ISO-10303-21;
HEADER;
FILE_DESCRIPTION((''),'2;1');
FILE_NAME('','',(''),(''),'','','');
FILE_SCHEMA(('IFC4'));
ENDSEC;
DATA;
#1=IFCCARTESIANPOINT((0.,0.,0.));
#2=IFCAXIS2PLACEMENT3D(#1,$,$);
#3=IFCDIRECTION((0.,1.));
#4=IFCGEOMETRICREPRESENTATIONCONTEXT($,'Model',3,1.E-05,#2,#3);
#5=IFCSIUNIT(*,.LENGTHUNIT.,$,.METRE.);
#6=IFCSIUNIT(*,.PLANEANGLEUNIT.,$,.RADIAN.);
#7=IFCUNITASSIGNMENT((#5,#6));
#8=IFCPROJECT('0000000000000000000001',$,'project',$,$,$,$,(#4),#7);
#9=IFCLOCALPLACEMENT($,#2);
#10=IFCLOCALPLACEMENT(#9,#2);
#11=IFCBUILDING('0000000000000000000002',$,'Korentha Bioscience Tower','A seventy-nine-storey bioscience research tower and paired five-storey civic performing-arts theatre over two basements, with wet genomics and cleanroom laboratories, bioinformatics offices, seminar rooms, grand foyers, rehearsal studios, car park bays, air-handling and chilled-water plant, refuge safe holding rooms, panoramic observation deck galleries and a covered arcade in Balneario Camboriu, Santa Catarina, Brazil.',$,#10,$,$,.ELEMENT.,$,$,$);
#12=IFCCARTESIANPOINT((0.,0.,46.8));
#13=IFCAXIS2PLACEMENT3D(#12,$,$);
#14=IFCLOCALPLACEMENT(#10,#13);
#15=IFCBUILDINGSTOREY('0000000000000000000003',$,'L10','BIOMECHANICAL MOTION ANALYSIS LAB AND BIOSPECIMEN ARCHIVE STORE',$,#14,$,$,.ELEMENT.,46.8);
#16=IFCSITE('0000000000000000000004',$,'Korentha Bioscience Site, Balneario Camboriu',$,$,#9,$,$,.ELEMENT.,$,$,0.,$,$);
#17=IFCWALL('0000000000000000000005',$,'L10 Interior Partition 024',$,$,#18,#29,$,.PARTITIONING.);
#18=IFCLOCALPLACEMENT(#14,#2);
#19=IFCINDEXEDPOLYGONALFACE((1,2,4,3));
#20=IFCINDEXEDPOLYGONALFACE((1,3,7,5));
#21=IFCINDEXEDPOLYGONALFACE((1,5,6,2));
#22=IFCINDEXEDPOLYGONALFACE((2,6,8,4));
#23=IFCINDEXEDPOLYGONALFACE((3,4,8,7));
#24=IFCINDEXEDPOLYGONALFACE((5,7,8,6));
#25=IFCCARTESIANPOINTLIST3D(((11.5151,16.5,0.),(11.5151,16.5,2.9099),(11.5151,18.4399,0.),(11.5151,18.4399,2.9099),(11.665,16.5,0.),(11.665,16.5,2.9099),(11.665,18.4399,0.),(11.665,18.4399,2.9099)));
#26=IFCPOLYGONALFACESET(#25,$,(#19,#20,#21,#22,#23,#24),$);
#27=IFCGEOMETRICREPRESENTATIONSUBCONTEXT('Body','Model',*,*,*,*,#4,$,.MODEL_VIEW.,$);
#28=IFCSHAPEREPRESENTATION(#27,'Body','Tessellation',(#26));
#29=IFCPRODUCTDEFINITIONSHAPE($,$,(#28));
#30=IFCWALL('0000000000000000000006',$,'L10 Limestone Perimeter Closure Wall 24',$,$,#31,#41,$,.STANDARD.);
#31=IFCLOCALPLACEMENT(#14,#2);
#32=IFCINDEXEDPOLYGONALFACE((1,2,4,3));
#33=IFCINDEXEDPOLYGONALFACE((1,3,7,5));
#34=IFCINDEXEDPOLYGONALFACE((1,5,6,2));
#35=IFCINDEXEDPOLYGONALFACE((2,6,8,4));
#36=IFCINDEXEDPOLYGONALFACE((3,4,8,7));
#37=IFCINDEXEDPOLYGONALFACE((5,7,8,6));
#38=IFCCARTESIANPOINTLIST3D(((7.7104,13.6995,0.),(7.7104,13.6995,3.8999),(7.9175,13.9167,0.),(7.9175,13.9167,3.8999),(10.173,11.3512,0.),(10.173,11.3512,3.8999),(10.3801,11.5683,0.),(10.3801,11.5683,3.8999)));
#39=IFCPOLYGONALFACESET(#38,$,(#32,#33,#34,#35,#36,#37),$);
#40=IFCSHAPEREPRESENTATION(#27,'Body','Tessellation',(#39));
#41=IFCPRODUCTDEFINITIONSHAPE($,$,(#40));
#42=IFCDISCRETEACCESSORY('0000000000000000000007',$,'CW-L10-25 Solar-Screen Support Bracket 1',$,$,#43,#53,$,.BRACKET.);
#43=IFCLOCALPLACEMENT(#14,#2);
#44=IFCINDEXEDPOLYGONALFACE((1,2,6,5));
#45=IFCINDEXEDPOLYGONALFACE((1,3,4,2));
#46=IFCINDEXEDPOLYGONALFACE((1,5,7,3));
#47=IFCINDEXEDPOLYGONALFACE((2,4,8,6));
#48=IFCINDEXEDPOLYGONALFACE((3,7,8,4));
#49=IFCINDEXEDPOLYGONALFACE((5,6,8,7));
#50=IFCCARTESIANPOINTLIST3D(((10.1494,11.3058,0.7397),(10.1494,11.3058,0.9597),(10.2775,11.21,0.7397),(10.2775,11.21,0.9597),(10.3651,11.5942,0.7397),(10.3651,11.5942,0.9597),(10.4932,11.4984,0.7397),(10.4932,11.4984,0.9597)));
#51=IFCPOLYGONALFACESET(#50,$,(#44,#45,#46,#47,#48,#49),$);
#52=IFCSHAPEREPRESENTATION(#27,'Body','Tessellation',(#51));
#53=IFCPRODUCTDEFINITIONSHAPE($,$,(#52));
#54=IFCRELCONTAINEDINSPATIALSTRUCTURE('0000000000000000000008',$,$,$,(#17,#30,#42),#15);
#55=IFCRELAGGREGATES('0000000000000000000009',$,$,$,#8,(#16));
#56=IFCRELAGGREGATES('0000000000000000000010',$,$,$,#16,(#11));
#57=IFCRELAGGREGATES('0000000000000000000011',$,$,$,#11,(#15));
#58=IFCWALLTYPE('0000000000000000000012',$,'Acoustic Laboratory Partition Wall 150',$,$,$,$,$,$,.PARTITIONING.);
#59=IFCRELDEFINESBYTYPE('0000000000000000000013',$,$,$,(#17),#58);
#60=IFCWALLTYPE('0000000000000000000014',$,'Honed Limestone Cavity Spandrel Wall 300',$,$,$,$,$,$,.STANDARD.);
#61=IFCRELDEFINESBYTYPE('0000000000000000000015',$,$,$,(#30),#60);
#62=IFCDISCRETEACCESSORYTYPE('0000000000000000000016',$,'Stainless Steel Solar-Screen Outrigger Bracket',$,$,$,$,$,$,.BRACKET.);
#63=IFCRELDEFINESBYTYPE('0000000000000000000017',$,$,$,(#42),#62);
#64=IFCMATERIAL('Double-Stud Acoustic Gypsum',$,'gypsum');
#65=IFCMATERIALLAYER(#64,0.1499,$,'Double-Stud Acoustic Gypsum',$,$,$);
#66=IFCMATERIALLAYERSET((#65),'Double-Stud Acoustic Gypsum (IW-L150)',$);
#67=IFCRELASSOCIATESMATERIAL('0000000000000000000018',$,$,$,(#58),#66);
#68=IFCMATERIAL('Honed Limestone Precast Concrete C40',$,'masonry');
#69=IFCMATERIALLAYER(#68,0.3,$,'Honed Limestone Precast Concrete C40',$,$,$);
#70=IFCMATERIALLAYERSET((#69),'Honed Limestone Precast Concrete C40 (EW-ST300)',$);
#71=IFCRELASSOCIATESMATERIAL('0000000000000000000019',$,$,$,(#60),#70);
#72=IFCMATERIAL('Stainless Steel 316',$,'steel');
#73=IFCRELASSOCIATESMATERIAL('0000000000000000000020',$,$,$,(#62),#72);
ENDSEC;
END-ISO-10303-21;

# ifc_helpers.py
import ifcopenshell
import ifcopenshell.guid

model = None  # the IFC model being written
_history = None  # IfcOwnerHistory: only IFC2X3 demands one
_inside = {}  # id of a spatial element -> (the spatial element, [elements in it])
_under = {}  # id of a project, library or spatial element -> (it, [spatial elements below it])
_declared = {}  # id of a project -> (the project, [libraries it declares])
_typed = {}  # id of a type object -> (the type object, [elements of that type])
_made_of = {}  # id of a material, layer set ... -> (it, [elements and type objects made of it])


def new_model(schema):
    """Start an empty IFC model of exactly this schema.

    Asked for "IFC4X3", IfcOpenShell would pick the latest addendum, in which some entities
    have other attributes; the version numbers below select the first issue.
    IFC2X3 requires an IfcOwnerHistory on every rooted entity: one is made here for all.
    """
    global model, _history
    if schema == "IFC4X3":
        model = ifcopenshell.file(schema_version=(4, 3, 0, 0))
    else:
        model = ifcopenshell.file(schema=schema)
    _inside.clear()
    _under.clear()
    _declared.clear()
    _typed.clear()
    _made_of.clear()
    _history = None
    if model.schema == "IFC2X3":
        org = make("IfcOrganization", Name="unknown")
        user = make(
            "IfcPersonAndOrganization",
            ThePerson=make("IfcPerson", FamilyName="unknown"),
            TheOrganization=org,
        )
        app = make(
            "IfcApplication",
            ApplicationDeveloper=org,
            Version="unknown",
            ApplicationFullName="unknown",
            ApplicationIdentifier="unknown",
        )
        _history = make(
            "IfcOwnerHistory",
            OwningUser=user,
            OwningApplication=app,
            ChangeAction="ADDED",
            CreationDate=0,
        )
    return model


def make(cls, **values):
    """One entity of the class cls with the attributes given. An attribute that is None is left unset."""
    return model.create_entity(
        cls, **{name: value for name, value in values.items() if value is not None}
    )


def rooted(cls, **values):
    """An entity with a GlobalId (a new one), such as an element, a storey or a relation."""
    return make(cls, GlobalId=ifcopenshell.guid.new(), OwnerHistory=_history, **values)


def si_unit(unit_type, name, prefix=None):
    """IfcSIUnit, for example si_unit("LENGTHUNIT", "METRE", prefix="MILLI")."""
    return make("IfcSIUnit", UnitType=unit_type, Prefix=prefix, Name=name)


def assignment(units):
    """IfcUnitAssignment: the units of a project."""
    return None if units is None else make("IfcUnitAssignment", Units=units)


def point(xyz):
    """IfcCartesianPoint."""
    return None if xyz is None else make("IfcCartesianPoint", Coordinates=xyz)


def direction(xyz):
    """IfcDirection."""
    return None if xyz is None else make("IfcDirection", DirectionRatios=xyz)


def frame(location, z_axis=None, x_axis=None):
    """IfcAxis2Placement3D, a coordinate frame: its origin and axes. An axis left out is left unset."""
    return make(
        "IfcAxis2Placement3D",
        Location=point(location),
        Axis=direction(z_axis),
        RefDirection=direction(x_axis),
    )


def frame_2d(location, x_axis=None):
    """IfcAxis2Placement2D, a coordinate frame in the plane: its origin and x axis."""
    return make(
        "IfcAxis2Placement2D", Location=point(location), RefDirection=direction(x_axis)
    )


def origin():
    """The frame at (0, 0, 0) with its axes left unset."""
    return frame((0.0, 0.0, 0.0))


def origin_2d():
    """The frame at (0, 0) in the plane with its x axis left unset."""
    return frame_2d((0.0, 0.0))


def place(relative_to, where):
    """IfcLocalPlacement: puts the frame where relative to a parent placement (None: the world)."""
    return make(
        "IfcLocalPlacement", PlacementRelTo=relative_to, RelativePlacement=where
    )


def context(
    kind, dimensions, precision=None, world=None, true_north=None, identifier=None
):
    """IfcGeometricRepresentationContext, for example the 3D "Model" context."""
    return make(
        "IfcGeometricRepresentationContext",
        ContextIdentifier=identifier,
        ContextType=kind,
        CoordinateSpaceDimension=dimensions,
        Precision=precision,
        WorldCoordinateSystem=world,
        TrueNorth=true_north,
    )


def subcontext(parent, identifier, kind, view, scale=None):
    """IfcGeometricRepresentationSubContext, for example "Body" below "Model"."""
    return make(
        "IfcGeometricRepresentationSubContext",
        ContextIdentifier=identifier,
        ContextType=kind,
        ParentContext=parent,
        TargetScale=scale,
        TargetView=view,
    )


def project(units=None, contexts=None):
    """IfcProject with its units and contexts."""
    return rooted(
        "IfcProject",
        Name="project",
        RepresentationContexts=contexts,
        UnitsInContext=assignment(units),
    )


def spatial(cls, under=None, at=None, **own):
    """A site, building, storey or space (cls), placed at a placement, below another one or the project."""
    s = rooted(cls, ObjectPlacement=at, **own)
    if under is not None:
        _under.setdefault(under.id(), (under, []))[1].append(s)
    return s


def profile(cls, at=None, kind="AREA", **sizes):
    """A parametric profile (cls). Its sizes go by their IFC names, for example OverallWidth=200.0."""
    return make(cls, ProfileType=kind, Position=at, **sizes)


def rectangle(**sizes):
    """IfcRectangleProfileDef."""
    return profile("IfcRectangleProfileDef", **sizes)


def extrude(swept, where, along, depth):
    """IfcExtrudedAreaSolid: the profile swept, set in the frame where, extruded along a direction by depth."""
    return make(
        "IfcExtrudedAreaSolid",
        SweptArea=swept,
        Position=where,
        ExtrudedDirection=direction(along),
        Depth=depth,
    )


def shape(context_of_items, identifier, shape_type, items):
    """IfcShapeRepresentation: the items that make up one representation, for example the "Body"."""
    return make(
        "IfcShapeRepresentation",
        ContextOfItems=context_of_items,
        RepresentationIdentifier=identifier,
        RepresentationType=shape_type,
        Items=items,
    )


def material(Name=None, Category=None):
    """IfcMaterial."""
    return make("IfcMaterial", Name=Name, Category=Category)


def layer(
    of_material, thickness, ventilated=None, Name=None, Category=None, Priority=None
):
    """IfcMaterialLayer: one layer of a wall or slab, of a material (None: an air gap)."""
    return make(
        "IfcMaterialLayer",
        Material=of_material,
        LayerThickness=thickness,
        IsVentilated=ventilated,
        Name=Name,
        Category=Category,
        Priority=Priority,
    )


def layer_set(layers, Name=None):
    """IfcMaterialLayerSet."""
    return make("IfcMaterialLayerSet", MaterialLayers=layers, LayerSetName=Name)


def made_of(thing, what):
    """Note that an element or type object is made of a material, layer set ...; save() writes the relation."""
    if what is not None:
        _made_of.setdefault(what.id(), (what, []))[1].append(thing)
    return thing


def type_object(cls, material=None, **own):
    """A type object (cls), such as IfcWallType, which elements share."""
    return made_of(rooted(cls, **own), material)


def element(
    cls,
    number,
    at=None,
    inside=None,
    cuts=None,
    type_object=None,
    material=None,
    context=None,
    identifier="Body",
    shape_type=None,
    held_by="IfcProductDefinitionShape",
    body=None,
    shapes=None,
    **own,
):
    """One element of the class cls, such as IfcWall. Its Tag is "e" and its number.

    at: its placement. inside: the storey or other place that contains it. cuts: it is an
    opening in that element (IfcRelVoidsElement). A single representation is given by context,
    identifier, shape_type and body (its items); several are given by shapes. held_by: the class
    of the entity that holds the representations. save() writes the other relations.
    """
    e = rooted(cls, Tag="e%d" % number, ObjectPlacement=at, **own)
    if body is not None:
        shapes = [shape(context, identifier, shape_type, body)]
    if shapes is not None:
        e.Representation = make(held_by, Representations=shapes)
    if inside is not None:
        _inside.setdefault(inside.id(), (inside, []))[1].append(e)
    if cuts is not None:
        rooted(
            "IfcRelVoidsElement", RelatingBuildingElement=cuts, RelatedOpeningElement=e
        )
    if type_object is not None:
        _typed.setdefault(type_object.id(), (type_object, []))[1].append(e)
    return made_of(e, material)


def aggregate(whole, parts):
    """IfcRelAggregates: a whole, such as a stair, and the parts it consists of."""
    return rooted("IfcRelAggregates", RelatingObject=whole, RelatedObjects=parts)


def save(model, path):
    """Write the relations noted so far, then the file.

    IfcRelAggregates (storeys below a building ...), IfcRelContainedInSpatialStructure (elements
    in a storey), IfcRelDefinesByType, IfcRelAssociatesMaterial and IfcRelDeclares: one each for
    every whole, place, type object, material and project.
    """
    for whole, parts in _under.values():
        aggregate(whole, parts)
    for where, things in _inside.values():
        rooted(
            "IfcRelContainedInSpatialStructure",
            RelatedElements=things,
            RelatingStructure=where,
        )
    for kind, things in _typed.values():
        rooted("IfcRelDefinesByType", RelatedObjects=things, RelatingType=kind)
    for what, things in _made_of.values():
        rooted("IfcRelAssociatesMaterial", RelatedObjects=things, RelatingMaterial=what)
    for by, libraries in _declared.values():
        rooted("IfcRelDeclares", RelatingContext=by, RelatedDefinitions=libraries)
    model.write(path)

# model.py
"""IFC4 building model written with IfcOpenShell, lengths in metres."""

from ifc_helpers import new_model, si_unit, direction, frame, frame_2d, origin, origin_2d, place, context, subcontext, project, spatial, rectangle, extrude, material, layer, layer_set, type_object, element, save


model = new_model("IFC4")

# Units and contexts
model_context = context("Model", 3, precision=1e-05, world=origin(), true_north=direction((0.0, 1.0)))
body_context = subcontext(model_context, "Body", "Model", "MODEL_VIEW")
ifc_project = project(units=[si_unit("LENGTHUNIT", "METRE"), si_unit("PLANEANGLEUNIT", "RADIAN")], contexts=[model_context])

# Site, building, storey
site_placement = place(None, origin())
site = spatial("IfcSite", under=ifc_project, at=site_placement, Name="Korentha Bioscience Site, Balneario Camboriu", CompositionType="ELEMENT", RefElevation=0.0)
building_placement = place(site_placement, origin())
building = spatial("IfcBuilding", under=site, at=building_placement, Name="Korentha Bioscience Tower", Description="A seventy-nine-storey bioscience research tower and paired five-storey civic performing-arts theatre over two basements, with wet genomics and cleanroom laboratories, bioinformatics offices, seminar rooms, grand foyers, rehearsal studios, car park bays, air-handling and chilled-water plant, refuge safe holding rooms, panoramic observation deck galleries and a covered arcade in Balneario Camboriu, Santa Catarina, Brazil.", CompositionType="ELEMENT")
storey_placement = place(building_placement, frame((0.0, 0.0, 46.8)))
storey = spatial("IfcBuildingStorey", under=building, at=storey_placement, Name="L10", Description="BIOMECHANICAL MOTION ANALYSIS LAB AND BIOSPECIMEN ARCHIVE STORE", CompositionType="ELEMENT", Elevation=46.8)

# Shared definitions
ifc_material_1 = material(Name="Double-Stud Acoustic Gypsum", Category="gypsum")
ifc_layer_1 = layer(ifc_material_1, 0.1499, Name="Double-Stud Acoustic Gypsum")
ifc_layer_set_1 = layer_set([ifc_layer_1], Name="Double-Stud Acoustic Gypsum (IW-L150)")
wall_type_1 = type_object("IfcWallType", Name="Acoustic Laboratory Partition Wall 150", PredefinedType="PARTITIONING", material=ifc_layer_set_1)

# Wall
wall_1_placement = place(storey_placement, frame((11.5901, 16.5, 0.0), z_axis=(0.0, 0.0, 1.0), x_axis=(0.0, 1.0, 0.0)))
element("IfcWall", 1, at=wall_1_placement, inside=storey, type_object=wall_type_1, Name="L10 Interior Partition 024", PredefinedType="PARTITIONING", context=body_context, shape_type="SweptSolid", body=[
    extrude(rectangle(XDim=1.9399, YDim=0.1499, at=frame_2d((0.97, 0.0))), origin(), (0.0, 0.0, 1.0), 2.9099),
])

# Shared definitions
ifc_material_2 = material(Name="Honed Limestone Precast Concrete C40", Category="masonry")
ifc_layer_2 = layer(ifc_material_2, 0.3, Name="Honed Limestone Precast Concrete C40")
ifc_layer_set_2 = layer_set([ifc_layer_2], Name="Honed Limestone Precast Concrete C40 (EW-ST300)")
wall_type_2 = type_object("IfcWallType", Name="Honed Limestone Cavity Spandrel Wall 300", PredefinedType="STANDARD", material=ifc_layer_set_2)

# Wall
wall_2_placement = place(storey_placement, frame((7.814, 13.8081, 0.0), z_axis=(0.0, 0.0, 1.0), x_axis=(0.723696, -0.690119, 0.0)))
element("IfcWall", 2, at=wall_2_placement, inside=storey, type_object=wall_type_2, Name="L10 Limestone Perimeter Closure Wall 24", PredefinedType="STANDARD", context=body_context, shape_type="SweptSolid", body=[
    extrude(rectangle(XDim=3.4028, YDim=0.3, at=frame_2d((1.7014, 0.0))), origin(), (0.0, 0.0, 1.0), 3.8999),
])

# Discrete accessory
ifc_material_3 = material(Name="Stainless Steel 316", Category="steel")
discrete_accessory_type = type_object("IfcDiscreteAccessoryType", Name="Stainless Steel Solar-Screen Outrigger Bracket", PredefinedType="BRACKET", material=ifc_material_3)
discrete_accessory_placement = place(storey_placement, frame((10.3213, 11.4021, 0.7397), z_axis=(0.0, 0.0, 1.0), x_axis=(0.800798, -0.598935, 0.0)))
element("IfcDiscreteAccessory", 3, at=discrete_accessory_placement, inside=storey, type_object=discrete_accessory_type, Name="CW-L10-25 Solar-Screen Support Bracket 1", PredefinedType="BRACKET", context=body_context, shape_type="SweptSolid", body=[
    extrude(rectangle(XDim=0.1599, YDim=0.3601, at=origin_2d()), origin(), (0.0, 0.0, 1.0), 0.22),
])

save(model, "model.ifc")
